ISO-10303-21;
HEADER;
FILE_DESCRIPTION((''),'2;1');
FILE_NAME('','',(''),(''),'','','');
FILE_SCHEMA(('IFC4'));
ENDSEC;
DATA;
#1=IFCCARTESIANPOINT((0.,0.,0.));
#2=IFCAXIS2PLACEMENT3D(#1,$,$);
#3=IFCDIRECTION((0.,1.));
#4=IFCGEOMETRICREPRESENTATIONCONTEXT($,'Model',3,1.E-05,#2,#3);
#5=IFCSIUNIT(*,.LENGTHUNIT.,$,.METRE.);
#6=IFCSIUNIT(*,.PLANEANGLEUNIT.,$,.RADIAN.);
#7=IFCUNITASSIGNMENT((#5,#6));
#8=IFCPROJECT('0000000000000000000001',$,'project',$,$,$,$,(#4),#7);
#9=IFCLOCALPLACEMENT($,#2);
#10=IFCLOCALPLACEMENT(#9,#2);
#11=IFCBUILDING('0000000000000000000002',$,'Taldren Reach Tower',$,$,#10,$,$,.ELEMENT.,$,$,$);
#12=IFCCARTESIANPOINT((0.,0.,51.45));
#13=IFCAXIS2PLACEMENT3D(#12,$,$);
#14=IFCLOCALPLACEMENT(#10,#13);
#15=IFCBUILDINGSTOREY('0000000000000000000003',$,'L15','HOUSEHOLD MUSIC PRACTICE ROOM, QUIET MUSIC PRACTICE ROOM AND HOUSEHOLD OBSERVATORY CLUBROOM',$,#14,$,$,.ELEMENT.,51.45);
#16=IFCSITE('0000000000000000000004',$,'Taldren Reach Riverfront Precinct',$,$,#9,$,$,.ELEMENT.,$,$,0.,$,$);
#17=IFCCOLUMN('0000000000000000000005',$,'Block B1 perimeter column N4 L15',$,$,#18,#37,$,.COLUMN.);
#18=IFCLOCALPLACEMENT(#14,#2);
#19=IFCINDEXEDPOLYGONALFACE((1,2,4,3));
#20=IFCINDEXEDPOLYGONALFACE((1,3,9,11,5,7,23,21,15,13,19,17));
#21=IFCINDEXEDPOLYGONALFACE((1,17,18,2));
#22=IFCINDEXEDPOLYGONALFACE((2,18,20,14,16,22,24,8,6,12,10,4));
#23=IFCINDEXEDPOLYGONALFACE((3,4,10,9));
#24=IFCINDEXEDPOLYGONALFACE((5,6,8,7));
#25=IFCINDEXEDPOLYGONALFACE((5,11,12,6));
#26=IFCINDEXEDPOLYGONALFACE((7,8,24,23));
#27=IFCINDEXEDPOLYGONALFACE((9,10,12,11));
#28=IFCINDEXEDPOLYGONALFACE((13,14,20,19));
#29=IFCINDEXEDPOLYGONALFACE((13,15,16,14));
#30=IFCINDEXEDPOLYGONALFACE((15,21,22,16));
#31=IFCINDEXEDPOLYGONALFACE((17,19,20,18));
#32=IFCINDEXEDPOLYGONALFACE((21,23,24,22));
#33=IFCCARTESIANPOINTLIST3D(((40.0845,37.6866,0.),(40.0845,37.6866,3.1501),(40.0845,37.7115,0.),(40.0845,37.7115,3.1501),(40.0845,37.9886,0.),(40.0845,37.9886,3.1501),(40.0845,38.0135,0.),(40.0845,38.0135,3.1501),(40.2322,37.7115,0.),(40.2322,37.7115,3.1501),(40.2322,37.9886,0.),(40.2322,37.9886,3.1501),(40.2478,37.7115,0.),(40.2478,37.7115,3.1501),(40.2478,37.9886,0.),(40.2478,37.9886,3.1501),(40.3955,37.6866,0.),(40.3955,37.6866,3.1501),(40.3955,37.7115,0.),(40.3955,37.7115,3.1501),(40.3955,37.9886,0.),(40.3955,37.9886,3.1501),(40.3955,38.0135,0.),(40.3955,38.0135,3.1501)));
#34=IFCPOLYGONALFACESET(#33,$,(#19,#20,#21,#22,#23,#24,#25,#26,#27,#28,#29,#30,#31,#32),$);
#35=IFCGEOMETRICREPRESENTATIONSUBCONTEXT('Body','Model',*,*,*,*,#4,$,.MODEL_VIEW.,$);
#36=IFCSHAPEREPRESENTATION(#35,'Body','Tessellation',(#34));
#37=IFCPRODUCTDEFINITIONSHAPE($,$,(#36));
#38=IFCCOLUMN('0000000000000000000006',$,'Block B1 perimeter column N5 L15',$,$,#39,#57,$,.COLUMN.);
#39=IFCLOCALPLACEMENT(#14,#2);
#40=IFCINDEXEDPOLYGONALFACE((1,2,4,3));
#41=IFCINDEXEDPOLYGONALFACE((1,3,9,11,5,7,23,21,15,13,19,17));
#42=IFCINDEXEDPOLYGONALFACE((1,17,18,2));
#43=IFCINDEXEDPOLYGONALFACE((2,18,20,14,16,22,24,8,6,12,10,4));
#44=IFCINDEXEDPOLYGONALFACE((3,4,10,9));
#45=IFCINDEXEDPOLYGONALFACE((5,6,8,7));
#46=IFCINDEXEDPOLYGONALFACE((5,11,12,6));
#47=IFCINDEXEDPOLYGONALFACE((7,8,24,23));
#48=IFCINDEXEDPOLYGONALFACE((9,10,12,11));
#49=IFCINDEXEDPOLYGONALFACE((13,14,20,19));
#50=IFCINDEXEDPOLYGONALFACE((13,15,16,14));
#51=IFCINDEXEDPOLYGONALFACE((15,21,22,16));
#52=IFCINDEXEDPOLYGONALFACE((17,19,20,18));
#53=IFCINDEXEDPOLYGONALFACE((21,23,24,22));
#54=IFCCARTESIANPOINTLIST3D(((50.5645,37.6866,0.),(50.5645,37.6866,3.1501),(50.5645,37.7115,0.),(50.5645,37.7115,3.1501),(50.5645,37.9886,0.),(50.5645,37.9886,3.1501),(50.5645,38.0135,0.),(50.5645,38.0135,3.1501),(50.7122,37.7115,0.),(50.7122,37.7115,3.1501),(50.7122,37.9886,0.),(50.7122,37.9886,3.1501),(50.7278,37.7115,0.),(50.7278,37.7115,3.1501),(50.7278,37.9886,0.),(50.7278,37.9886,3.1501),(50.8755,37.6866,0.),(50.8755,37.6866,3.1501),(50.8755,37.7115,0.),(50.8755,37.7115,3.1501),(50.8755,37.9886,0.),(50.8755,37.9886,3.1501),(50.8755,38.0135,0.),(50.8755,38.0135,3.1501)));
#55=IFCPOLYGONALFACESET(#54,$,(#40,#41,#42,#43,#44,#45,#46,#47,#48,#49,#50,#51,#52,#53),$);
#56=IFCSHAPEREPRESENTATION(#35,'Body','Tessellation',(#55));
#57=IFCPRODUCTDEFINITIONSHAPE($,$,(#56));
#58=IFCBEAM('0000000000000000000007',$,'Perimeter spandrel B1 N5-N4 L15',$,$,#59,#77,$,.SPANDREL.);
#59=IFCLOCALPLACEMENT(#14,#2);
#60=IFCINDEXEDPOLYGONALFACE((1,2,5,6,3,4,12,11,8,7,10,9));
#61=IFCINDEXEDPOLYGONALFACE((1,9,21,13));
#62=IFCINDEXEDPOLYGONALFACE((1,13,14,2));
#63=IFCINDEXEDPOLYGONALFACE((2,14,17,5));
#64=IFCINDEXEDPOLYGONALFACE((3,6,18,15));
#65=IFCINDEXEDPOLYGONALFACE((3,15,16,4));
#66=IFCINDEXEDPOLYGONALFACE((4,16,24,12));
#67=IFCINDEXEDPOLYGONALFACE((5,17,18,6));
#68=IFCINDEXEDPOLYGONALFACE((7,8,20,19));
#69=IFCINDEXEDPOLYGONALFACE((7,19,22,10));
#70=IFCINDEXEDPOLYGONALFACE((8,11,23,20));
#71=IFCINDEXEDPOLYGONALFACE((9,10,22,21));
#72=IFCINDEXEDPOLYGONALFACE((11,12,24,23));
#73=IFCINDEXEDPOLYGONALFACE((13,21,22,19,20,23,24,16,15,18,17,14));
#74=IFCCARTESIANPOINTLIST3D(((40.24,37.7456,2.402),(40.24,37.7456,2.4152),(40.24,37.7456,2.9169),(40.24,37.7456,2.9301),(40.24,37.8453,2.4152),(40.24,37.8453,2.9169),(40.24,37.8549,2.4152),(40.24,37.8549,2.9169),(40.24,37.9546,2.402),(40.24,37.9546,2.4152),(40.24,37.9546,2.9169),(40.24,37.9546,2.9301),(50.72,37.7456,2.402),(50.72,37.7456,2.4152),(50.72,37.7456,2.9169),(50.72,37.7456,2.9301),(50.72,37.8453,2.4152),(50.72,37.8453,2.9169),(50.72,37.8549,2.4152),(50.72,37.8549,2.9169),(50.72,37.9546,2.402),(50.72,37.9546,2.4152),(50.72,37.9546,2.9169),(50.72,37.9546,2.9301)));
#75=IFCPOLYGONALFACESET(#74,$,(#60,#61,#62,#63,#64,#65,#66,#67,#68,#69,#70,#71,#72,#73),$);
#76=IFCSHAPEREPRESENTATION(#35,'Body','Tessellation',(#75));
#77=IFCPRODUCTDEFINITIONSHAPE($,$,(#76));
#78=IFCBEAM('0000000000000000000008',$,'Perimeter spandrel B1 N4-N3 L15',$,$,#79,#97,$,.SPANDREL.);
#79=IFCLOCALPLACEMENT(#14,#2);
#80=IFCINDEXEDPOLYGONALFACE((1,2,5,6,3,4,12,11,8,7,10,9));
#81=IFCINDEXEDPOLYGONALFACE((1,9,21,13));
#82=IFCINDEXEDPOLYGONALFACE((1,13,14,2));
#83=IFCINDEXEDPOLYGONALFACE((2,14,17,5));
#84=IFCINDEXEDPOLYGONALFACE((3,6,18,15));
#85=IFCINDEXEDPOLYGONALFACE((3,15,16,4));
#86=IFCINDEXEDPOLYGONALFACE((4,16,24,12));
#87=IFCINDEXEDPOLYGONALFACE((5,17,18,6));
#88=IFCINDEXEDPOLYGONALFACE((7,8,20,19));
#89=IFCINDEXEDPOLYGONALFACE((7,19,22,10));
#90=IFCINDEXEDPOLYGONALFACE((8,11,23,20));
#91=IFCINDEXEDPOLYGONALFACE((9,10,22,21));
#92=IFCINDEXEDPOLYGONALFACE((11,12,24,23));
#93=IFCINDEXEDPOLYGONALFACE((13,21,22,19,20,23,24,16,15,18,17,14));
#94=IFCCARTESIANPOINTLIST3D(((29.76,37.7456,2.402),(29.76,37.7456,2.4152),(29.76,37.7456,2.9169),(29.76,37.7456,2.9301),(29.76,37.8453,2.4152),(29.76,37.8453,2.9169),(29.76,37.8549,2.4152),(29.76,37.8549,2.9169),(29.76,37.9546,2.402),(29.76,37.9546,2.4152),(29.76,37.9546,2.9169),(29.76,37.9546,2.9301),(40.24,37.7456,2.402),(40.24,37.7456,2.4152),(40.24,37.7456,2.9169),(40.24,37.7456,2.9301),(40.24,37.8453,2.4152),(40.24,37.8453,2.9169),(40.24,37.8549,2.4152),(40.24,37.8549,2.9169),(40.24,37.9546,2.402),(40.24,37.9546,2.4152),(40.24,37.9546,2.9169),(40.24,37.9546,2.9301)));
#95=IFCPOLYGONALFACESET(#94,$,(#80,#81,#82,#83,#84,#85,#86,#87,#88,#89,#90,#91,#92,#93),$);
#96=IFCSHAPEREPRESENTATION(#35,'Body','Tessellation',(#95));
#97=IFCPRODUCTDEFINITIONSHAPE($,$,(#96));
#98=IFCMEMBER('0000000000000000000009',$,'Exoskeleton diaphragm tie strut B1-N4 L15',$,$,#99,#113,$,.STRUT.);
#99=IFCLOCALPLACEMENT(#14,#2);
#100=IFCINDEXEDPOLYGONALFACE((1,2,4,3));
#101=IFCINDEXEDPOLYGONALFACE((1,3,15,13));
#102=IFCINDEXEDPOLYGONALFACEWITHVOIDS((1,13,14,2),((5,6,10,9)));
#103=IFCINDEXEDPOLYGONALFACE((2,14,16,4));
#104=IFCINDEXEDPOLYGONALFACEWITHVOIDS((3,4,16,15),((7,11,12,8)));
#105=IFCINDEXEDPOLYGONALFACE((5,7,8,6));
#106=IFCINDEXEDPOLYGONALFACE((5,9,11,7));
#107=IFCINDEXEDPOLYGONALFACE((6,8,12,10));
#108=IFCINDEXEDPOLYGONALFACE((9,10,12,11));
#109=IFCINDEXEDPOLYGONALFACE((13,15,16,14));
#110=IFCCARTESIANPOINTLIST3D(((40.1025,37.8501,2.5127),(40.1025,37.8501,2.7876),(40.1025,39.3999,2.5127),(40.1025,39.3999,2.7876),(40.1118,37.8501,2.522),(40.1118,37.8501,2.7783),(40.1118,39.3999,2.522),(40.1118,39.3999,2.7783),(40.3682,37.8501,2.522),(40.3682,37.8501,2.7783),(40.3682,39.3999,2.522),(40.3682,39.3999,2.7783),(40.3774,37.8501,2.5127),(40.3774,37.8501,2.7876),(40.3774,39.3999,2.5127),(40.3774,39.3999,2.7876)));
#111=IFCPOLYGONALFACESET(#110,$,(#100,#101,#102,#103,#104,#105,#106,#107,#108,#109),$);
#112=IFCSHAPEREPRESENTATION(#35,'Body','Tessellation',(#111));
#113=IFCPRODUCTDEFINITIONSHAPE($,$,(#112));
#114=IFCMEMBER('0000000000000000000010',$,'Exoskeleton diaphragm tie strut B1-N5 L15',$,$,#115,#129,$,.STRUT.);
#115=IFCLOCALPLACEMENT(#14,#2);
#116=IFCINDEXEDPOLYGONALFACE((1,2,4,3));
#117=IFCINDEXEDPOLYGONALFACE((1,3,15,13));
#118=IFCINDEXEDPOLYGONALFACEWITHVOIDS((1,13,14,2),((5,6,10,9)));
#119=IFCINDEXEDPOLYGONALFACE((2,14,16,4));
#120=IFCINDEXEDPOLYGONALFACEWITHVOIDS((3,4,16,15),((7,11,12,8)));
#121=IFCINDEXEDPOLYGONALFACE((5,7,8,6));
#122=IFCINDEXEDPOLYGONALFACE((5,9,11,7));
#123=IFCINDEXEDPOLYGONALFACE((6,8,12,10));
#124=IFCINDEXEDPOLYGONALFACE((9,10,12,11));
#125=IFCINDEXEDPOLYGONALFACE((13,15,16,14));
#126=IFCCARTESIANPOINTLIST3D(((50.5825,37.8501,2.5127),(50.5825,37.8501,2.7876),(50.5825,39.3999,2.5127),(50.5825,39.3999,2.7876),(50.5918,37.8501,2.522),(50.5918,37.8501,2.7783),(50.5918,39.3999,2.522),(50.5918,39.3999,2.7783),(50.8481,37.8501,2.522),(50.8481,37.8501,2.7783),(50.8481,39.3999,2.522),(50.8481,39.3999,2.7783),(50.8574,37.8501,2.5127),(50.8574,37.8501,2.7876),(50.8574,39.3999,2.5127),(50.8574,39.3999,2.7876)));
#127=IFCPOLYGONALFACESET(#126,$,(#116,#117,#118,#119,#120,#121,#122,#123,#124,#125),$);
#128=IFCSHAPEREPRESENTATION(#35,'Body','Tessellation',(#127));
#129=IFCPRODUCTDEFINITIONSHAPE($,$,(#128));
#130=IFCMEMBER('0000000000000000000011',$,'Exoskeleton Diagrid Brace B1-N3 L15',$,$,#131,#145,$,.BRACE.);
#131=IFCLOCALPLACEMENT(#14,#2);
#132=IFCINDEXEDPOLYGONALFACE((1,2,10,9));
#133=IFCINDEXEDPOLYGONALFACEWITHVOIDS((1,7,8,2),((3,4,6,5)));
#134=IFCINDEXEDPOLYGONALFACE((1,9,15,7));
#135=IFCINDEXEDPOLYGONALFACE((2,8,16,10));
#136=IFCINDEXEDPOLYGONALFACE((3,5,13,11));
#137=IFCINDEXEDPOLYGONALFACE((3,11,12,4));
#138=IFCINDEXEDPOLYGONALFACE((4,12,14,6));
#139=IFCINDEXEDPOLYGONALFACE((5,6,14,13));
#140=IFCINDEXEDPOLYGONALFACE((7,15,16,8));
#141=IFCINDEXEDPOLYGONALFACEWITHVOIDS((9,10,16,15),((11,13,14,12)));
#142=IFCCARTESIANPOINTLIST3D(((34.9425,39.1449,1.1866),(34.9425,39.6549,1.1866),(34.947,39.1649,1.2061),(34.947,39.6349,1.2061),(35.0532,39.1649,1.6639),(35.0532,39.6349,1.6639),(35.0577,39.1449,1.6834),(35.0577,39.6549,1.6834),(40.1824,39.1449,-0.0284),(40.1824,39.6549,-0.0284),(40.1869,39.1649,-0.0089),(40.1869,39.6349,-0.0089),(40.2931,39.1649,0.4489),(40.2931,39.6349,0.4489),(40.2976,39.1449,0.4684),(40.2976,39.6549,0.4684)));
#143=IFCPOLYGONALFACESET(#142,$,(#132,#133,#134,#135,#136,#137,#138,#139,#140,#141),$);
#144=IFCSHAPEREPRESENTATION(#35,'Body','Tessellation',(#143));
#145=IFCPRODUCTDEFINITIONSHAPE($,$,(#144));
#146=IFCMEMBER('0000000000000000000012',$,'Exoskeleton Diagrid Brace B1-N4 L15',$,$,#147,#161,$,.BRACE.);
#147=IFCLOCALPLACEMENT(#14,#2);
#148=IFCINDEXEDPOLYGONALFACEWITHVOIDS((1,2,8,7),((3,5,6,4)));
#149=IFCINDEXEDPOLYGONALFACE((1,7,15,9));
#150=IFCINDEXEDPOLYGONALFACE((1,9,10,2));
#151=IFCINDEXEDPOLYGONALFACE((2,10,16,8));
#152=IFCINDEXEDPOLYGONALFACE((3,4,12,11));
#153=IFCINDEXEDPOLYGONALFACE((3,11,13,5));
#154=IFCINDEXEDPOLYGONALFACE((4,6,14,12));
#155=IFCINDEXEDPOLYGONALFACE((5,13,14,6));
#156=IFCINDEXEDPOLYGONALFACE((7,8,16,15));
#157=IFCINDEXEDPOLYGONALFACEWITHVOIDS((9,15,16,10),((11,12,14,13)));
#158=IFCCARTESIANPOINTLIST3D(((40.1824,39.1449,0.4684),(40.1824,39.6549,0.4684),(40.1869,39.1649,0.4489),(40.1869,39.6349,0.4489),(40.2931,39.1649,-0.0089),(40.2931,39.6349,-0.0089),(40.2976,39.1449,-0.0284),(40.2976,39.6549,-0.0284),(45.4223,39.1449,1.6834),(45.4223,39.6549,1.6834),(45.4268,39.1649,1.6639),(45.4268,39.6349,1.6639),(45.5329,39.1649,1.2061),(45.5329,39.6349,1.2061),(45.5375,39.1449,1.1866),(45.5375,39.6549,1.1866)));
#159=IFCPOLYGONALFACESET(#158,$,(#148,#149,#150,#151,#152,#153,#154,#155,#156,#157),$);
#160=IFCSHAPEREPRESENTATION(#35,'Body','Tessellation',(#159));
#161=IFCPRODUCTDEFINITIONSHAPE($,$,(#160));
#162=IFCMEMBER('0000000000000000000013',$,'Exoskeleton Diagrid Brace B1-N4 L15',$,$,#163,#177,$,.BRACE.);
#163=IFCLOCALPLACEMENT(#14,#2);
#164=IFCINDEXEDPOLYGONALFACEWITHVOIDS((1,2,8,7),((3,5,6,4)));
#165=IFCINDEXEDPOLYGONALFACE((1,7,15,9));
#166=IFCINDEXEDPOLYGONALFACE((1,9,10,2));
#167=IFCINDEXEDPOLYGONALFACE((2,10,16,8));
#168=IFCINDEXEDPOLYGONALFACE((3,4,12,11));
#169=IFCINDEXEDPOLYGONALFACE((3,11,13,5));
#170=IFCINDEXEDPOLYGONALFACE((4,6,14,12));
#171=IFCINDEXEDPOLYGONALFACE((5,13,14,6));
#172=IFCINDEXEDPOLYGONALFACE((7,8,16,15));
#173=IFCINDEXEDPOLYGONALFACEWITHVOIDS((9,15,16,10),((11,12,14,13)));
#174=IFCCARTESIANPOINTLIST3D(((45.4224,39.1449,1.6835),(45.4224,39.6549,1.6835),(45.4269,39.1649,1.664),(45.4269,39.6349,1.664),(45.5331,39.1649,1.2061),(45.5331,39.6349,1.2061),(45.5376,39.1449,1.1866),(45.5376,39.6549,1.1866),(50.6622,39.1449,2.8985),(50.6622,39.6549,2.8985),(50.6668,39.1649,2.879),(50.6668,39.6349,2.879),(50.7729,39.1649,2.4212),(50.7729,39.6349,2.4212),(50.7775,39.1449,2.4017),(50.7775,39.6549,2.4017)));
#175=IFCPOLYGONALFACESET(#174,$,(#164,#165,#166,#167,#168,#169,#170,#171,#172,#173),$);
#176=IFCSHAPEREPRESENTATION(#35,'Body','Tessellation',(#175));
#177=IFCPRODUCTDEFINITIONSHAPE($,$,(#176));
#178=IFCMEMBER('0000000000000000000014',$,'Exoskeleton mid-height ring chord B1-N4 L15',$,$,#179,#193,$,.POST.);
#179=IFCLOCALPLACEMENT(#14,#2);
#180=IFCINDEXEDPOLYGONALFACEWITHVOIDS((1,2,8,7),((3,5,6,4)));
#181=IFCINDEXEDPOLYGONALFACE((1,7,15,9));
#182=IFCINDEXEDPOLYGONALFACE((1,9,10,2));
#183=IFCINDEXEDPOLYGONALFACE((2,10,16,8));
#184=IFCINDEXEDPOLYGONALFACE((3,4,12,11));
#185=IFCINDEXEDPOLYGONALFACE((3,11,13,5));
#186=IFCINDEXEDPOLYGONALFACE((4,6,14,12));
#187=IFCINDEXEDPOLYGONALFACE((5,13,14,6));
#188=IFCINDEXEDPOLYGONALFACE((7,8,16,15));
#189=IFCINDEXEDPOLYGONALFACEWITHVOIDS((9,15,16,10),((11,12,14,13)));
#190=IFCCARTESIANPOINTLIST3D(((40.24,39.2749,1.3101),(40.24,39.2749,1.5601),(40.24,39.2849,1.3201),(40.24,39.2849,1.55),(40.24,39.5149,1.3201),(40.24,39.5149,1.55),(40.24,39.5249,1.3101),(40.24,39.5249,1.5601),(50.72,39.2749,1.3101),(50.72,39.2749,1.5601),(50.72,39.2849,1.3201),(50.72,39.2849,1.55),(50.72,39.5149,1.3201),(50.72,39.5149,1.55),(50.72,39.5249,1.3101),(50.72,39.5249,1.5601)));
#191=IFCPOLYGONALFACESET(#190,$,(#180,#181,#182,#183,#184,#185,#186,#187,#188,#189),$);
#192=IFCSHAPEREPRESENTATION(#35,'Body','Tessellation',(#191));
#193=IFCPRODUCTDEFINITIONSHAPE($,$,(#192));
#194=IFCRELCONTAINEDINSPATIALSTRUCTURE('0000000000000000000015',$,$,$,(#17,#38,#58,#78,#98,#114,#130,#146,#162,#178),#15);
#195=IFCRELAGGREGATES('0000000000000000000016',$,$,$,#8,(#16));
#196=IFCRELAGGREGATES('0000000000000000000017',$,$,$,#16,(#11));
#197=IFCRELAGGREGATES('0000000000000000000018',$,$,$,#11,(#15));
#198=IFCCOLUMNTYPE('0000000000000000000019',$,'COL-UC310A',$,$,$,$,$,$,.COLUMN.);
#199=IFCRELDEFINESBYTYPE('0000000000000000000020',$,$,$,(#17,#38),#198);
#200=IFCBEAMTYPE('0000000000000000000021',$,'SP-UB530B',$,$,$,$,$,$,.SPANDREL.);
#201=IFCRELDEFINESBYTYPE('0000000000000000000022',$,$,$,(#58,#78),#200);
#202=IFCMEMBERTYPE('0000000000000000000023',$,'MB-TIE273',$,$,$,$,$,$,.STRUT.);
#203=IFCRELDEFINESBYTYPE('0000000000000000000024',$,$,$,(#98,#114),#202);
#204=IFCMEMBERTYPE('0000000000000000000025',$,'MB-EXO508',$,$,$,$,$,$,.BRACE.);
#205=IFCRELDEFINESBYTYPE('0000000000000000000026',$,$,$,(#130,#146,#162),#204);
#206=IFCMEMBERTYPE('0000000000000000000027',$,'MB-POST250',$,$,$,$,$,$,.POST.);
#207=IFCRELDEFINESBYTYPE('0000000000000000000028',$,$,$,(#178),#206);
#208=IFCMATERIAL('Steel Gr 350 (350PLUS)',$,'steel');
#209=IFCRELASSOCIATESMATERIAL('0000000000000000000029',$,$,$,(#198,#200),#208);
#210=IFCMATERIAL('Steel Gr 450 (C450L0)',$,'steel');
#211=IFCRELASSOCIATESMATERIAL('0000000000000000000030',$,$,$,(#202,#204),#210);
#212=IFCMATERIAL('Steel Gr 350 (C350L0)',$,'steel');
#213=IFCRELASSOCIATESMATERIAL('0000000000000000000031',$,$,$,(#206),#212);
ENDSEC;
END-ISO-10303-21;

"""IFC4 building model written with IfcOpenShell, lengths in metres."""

from ifc_helpers import new_model, si_unit, direction, frame, origin, origin_2d, place, context, subcontext, project, spatial, hollow_rectangle, i_section, extrude, source, transform, mapped, material, material_profile, profile_set, type_object, element, save


model = new_model("IFC4")

# Units and contexts
model_context = context("Model", 3, precision=1e-05, world=origin(), true_north=direction((0.0, 1.0)))
body_context = subcontext(model_context, "Body", "Model", "MODEL_VIEW")
ifc_project = project(units=[si_unit("LENGTHUNIT", "METRE"), si_unit("PLANEANGLEUNIT", "RADIAN")], contexts=[model_context])

# Site, building, storey
site_placement = place(None, origin())
site = spatial("IfcSite", under=ifc_project, at=site_placement, Name="Taldren Reach Riverfront Precinct", CompositionType="ELEMENT", RefElevation=0.0)
building_placement = place(site_placement, origin())
building = spatial("IfcBuilding", under=site, at=building_placement, Name="Taldren Reach Tower", CompositionType="ELEMENT")
storey_placement = place(building_placement, frame((0.0, 0.0, 51.45)))
storey = spatial("IfcBuildingStorey", under=building, at=storey_placement, Name="L15", Description="HOUSEHOLD MUSIC PRACTICE ROOM, QUIET MUSIC PRACTICE ROOM AND HOUSEHOLD OBSERVATORY CLUBROOM", CompositionType="ELEMENT", Elevation=51.45)

# Columns
ifc_material_1 = material(Name="Steel Gr 350 (350PLUS)", Category="steel")
ifc_material_profile_1 = material_profile(ifc_material_1, i_section(OverallWidth=0.311, OverallDepth=0.3269, WebThickness=0.0156, FlangeThickness=0.0249, at=origin_2d()), Name="310UC158")
ifc_profile_set_1 = profile_set([ifc_material_profile_1], Name="Steel Gr 350 (350PLUS)")
column_type = type_object("IfcColumnType", Name="COL-UC310A", PredefinedType="COLUMN", material=ifc_profile_set_1)
shared_shape_1 = source(origin(), body_context, "Body", "SweptSolid", [
    extrude(i_section(OverallWidth=0.311, OverallDepth=0.3269, WebThickness=0.0156, FlangeThickness=0.0249, at=origin_2d()), origin(), (0.0, 0.0, 1.0), 3.1501),
])
for number, where, z_axis, x_axis, name in (
    (1, (40.24, 37.8501, 0.0), (0.0, 0.0, 1.0), (1.0, 0.0, 0.0), "Block B1 perimeter column N4 L15"),
    (2, (50.72, 37.8501, 0.0), (0.0, 0.0, 1.0), (1.0, 0.0, 0.0), "Block B1 perimeter column N5 L15"),
):
    element("IfcColumn", number, at=place(storey_placement, frame(where, z_axis=z_axis, x_axis=x_axis)), inside=storey, type_object=column_type, Name=name, PredefinedType="COLUMN", context=body_context, shape_type="MappedRepresentation", body=[
        mapped(shared_shape_1, transform((0.0, 0.0, 0.0), scale=1.0)),
    ])

# Beams
ifc_material_profile_2 = material_profile(ifc_material_1, i_section(OverallWidth=0.209, OverallDepth=0.5281, WebThickness=0.0095, FlangeThickness=0.0132, at=origin_2d()), Name="530UB82.0")
ifc_profile_set_2 = profile_set([ifc_material_profile_2], Name="Steel Gr 350 (350PLUS)")
beam_type = type_object("IfcBeamType", Name="SP-UB530B", PredefinedType="SPANDREL", material=ifc_profile_set_2)
shared_shape_2 = source(origin(), body_context, "Body", "SweptSolid", [
    extrude(i_section(OverallWidth=0.209, OverallDepth=0.5281, WebThickness=0.0095, FlangeThickness=0.0132, at=origin_2d()), origin(), (0.0, 0.0, 1.0), 10.48),
])
for number, where, z_axis, x_axis, name in (
    (3, (50.72, 37.8501, 2.666), (-1.0, 0.0, 0.0), (0.0, -1.0, 0.0), "Perimeter spandrel B1 N5-N4 L15"),
    (4, (40.24, 37.8501, 2.666), (-1.0, 0.0, 0.0), (0.0, -1.0, 0.0), "Perimeter spandrel B1 N4-N3 L15"),
):
    element("IfcBeam", number, at=place(storey_placement, frame(where, z_axis=z_axis, x_axis=x_axis)), inside=storey, type_object=beam_type, Name=name, PredefinedType="SPANDREL", context=body_context, shape_type="MappedRepresentation", body=[
        mapped(shared_shape_2, transform((0.0, 0.0, 0.0), scale=1.0)),
    ])

# Members
ifc_material_2 = material(Name="Steel Gr 450 (C450L0)", Category="steel")
ifc_material_profile_3 = material_profile(ifc_material_2, hollow_rectangle(XDim=0.2749, YDim=0.2749, WallThickness=0.0093, at=origin_2d()), Name="275x275x9.3SHS")
ifc_profile_set_3 = profile_set([ifc_material_profile_3], Name="Steel Gr 450 (C450L0)")
member_type_1 = type_object("IfcMemberType", Name="MB-TIE273", PredefinedType="STRUT", material=ifc_profile_set_3)
shared_shape_3 = source(origin(), body_context, "Body", "SweptSolid", [
    extrude(hollow_rectangle(XDim=0.2749, YDim=0.2749, WallThickness=0.0093, at=origin_2d()), origin(), (0.0, 0.0, 1.0), 1.5498),
])
for number, where, z_axis, x_axis, name in (
    (5, (40.24, 37.8501, 2.6501), (0.0, 1.0, 0.0), (-1.0, 0.0, 0.0), "Exoskeleton diaphragm tie strut B1-N4 L15"),
    (6, (50.72, 37.8501, 2.6501), (0.0, 1.0, 0.0), (-1.0, 0.0, 0.0), "Exoskeleton diaphragm tie strut B1-N5 L15"),
):
    element("IfcMember", number, at=place(storey_placement, frame(where, z_axis=z_axis, x_axis=x_axis)), inside=storey, type_object=member_type_1, Name=name, PredefinedType="STRUT", context=body_context, shape_type="MappedRepresentation", body=[
        mapped(shared_shape_3, transform((0.0, 0.0, 0.0), scale=1.0)),
    ])
ifc_material_profile_4 = material_profile(ifc_material_2, hollow_rectangle(XDim=0.51, YDim=0.51, WallThickness=0.02, at=origin_2d()), Name="510x510x20.0SHS")
ifc_profile_set_4 = profile_set([ifc_material_profile_4], Name="Steel Gr 450 (C450L0)")
member_type_2 = type_object("IfcMemberType", Name="MB-EXO508", PredefinedType="BRACE", material=ifc_profile_set_4)
shared_shape_4 = source(origin(), body_context, "Body", "SweptSolid", [
    extrude(hollow_rectangle(XDim=0.51, YDim=0.51, WallThickness=0.02, at=origin_2d()), origin(), (0.0, 0.0, 1.0), 5.3789),
])
for number, where, z_axis, x_axis, name in (
    (7, (40.24, 39.3999, 0.22), (-0.974152, 0.0, 0.225894), (0.0, -1.0, 0.0), "Exoskeleton Diagrid Brace B1-N3 L15"),
    (8, (40.24, 39.3999, 0.22), (0.974152, 0.0, 0.225894), (0.0, 1.0, 0.0), "Exoskeleton Diagrid Brace B1-N4 L15"),
    (9, (45.48, 39.3999, 1.4351), (0.974152, 0.0, 0.225894), (0.0, 1.0, 0.0), "Exoskeleton Diagrid Brace B1-N4 L15"),
):
    element("IfcMember", number, at=place(storey_placement, frame(where, z_axis=z_axis, x_axis=x_axis)), inside=storey, type_object=member_type_2, Name=name, PredefinedType="BRACE", context=body_context, shape_type="MappedRepresentation", body=[
        mapped(shared_shape_4, transform((0.0, 0.0, 0.0), scale=1.0)),
    ])
ifc_material_3 = material(Name="Steel Gr 350 (C350L0)", Category="steel")
ifc_material_profile_5 = material_profile(ifc_material_3, hollow_rectangle(XDim=0.25, YDim=0.25, WallThickness=0.01, at=origin_2d()), Name="250x250x10.0SHS")
ifc_profile_set_5 = profile_set([ifc_material_profile_5], Name="Steel Gr 350 (C350L0)")
member_type_3 = type_object("IfcMemberType", Name="MB-POST250", PredefinedType="POST", material=ifc_profile_set_5)
shared_shape_5 = source(origin(), body_context, "Body", "SweptSolid", [
    extrude(hollow_rectangle(XDim=0.25, YDim=0.25, WallThickness=0.01, at=origin_2d()), origin(), (0.0, 0.0, 1.0), 10.48),
])
member_1_placement = place(storey_placement, frame((40.24, 39.3999, 1.4351), z_axis=(1.0, 0.0, 0.0), x_axis=(0.0, 1.0, 0.0)))
element("IfcMember", 10, at=member_1_placement, inside=storey, type_object=member_type_3, Name="Exoskeleton mid-height ring chord B1-N4 L15", PredefinedType="POST", context=body_context, shape_type="MappedRepresentation", body=[
    mapped(shared_shape_5, transform((0.0, 0.0, 0.0), scale=1.0)),
])

save(model, "model.ifc")
